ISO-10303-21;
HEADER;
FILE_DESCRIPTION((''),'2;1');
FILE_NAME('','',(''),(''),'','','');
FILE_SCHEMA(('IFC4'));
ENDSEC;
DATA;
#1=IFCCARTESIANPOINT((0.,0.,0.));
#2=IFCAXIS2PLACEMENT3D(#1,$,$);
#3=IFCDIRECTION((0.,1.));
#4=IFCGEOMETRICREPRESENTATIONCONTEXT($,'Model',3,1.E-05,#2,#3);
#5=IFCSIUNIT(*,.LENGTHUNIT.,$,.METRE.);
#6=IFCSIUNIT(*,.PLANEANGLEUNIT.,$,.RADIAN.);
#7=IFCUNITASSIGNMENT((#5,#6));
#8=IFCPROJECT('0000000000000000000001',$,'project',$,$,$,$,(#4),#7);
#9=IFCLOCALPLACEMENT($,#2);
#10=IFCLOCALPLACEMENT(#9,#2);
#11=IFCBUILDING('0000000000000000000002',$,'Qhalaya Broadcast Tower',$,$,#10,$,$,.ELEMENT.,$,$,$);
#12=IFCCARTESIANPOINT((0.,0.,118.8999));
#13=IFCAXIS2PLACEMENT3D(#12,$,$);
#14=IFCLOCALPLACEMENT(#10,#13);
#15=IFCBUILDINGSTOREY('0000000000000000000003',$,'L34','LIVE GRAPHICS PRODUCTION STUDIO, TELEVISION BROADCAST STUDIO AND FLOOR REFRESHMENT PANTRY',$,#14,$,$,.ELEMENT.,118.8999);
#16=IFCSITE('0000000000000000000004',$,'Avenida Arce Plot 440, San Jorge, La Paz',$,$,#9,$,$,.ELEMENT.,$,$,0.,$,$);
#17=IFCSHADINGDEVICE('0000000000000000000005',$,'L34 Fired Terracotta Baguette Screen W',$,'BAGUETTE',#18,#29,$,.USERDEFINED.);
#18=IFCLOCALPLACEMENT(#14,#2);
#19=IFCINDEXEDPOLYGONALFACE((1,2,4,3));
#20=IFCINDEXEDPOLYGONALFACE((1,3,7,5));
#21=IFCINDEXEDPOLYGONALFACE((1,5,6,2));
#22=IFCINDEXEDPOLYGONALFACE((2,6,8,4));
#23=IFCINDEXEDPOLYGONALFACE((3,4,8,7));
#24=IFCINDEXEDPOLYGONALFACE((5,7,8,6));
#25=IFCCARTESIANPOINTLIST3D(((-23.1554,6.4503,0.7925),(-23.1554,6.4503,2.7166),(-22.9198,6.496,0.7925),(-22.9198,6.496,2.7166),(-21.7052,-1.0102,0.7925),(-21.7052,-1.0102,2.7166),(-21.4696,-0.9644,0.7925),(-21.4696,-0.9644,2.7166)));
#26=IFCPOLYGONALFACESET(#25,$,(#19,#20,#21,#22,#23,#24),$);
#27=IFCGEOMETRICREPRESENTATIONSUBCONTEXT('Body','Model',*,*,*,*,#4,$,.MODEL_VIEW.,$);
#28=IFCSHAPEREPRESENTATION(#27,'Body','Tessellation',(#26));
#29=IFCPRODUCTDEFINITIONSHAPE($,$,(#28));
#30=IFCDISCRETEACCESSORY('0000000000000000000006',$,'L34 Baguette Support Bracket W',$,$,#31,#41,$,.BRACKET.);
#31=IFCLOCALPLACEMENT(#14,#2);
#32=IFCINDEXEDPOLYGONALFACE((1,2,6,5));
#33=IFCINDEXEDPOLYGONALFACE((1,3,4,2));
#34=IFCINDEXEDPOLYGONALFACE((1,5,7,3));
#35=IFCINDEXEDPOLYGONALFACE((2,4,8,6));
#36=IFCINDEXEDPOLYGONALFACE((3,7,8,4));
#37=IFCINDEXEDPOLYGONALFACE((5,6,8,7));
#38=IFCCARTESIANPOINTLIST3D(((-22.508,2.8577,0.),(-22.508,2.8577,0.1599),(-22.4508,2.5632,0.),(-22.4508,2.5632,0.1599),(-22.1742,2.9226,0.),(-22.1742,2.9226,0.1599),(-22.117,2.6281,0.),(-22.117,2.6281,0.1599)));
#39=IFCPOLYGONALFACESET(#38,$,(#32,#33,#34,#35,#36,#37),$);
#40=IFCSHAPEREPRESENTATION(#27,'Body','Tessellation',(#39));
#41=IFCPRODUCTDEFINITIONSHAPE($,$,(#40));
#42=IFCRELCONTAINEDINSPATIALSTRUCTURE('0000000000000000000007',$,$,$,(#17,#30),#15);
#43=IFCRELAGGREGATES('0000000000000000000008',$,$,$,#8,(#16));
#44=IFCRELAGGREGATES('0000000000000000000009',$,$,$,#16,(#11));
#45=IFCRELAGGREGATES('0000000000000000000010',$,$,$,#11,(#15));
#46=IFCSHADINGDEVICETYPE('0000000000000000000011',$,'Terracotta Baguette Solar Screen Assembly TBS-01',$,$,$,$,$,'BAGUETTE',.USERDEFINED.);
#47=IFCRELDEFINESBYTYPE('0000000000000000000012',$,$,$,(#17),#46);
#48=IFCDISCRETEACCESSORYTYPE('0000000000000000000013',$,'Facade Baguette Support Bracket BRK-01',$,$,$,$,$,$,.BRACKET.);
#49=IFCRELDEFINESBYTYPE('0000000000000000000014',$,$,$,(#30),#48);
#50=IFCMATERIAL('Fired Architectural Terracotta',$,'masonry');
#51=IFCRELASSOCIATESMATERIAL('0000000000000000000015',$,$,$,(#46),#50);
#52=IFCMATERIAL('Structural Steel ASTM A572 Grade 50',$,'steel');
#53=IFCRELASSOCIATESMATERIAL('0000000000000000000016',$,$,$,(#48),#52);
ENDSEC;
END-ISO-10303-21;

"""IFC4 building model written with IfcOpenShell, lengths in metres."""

from ifc_helpers import new_model, si_unit, direction, frame, origin, origin_2d, place, context, subcontext, project, spatial, rectangle, extrude, material, type_object, element, save


model = new_model("IFC4")

# Units and contexts
model_context = context("Model", 3, precision=1e-05, world=origin(), true_north=direction((0.0, 1.0)))
body_context = subcontext(model_context, "Body", "Model", "MODEL_VIEW")
ifc_project = project(units=[si_unit("LENGTHUNIT", "METRE"), si_unit("PLANEANGLEUNIT", "RADIAN")], contexts=[model_context])

# Site, building, storey
site_placement = place(None, origin())
site = spatial("IfcSite", under=ifc_project, at=site_placement, Name="Avenida Arce Plot 440, San Jorge, La Paz", CompositionType="ELEMENT", RefElevation=0.0)
building_placement = place(site_placement, origin())
building = spatial("IfcBuilding", under=site, at=building_placement, Name="Qhalaya Broadcast Tower", CompositionType="ELEMENT")
storey_placement = place(building_placement, frame((0.0, 0.0, 118.8999)))
storey = spatial("IfcBuildingStorey", under=building, at=storey_placement, Name="L34", Description="LIVE GRAPHICS PRODUCTION STUDIO, TELEVISION BROADCAST STUDIO AND FLOOR REFRESHMENT PANTRY", CompositionType="ELEMENT", Elevation=118.8999)

# Shared definitions
ifc_material_1 = material(Name="Structural Steel ASTM A572 Grade 50", Category="steel")

# Shading device
ifc_material_2 = material(Name="Fired Architectural Terracotta", Category="masonry")
shading_device_type = type_object("IfcShadingDeviceType", Name="Terracotta Baguette Solar Screen Assembly TBS-01", ElementType="BAGUETTE", PredefinedType="USERDEFINED", material=ifc_material_2)
shading_device_placement = place(storey_placement, frame((-22.3125, 2.7429, 0.7925), z_axis=(0.0, 0.0, 1.0), x_axis=(0.190809, -0.981627, 0.0)))
element("IfcShadingDevice", 1, at=shading_device_placement, inside=storey, type_object=shading_device_type, Name="L34 Fired Terracotta Baguette Screen W", ObjectType="BAGUETTE", PredefinedType="USERDEFINED", context=body_context, shape_type="SweptSolid", body=[
    extrude(rectangle(XDim=7.6001, YDim=0.24, at=origin_2d()), origin(), (0.0, 0.0, 1.0), 1.9241),
])

# Discrete accessory
discrete_accessory_type = type_object("IfcDiscreteAccessoryType", Name="Facade Baguette Support Bracket BRK-01", PredefinedType="BRACKET", material=ifc_material_1)
discrete_accessory_placement = place(storey_placement, frame((-22.3125, 2.7429, 0.0), z_axis=(0.0, 0.0, 1.0), x_axis=(0.190809, -0.981627, 0.0)))
element("IfcDiscreteAccessory", 2, at=discrete_accessory_placement, inside=storey, type_object=discrete_accessory_type, Name="L34 Baguette Support Bracket W", PredefinedType="BRACKET", context=body_context, shape_type="SweptSolid", body=[
    extrude(rectangle(XDim=0.3, YDim=0.3401, at=origin_2d()), origin(), (0.0, 0.0, 1.0), 0.1599),
])

save(model, "model.ifc")
